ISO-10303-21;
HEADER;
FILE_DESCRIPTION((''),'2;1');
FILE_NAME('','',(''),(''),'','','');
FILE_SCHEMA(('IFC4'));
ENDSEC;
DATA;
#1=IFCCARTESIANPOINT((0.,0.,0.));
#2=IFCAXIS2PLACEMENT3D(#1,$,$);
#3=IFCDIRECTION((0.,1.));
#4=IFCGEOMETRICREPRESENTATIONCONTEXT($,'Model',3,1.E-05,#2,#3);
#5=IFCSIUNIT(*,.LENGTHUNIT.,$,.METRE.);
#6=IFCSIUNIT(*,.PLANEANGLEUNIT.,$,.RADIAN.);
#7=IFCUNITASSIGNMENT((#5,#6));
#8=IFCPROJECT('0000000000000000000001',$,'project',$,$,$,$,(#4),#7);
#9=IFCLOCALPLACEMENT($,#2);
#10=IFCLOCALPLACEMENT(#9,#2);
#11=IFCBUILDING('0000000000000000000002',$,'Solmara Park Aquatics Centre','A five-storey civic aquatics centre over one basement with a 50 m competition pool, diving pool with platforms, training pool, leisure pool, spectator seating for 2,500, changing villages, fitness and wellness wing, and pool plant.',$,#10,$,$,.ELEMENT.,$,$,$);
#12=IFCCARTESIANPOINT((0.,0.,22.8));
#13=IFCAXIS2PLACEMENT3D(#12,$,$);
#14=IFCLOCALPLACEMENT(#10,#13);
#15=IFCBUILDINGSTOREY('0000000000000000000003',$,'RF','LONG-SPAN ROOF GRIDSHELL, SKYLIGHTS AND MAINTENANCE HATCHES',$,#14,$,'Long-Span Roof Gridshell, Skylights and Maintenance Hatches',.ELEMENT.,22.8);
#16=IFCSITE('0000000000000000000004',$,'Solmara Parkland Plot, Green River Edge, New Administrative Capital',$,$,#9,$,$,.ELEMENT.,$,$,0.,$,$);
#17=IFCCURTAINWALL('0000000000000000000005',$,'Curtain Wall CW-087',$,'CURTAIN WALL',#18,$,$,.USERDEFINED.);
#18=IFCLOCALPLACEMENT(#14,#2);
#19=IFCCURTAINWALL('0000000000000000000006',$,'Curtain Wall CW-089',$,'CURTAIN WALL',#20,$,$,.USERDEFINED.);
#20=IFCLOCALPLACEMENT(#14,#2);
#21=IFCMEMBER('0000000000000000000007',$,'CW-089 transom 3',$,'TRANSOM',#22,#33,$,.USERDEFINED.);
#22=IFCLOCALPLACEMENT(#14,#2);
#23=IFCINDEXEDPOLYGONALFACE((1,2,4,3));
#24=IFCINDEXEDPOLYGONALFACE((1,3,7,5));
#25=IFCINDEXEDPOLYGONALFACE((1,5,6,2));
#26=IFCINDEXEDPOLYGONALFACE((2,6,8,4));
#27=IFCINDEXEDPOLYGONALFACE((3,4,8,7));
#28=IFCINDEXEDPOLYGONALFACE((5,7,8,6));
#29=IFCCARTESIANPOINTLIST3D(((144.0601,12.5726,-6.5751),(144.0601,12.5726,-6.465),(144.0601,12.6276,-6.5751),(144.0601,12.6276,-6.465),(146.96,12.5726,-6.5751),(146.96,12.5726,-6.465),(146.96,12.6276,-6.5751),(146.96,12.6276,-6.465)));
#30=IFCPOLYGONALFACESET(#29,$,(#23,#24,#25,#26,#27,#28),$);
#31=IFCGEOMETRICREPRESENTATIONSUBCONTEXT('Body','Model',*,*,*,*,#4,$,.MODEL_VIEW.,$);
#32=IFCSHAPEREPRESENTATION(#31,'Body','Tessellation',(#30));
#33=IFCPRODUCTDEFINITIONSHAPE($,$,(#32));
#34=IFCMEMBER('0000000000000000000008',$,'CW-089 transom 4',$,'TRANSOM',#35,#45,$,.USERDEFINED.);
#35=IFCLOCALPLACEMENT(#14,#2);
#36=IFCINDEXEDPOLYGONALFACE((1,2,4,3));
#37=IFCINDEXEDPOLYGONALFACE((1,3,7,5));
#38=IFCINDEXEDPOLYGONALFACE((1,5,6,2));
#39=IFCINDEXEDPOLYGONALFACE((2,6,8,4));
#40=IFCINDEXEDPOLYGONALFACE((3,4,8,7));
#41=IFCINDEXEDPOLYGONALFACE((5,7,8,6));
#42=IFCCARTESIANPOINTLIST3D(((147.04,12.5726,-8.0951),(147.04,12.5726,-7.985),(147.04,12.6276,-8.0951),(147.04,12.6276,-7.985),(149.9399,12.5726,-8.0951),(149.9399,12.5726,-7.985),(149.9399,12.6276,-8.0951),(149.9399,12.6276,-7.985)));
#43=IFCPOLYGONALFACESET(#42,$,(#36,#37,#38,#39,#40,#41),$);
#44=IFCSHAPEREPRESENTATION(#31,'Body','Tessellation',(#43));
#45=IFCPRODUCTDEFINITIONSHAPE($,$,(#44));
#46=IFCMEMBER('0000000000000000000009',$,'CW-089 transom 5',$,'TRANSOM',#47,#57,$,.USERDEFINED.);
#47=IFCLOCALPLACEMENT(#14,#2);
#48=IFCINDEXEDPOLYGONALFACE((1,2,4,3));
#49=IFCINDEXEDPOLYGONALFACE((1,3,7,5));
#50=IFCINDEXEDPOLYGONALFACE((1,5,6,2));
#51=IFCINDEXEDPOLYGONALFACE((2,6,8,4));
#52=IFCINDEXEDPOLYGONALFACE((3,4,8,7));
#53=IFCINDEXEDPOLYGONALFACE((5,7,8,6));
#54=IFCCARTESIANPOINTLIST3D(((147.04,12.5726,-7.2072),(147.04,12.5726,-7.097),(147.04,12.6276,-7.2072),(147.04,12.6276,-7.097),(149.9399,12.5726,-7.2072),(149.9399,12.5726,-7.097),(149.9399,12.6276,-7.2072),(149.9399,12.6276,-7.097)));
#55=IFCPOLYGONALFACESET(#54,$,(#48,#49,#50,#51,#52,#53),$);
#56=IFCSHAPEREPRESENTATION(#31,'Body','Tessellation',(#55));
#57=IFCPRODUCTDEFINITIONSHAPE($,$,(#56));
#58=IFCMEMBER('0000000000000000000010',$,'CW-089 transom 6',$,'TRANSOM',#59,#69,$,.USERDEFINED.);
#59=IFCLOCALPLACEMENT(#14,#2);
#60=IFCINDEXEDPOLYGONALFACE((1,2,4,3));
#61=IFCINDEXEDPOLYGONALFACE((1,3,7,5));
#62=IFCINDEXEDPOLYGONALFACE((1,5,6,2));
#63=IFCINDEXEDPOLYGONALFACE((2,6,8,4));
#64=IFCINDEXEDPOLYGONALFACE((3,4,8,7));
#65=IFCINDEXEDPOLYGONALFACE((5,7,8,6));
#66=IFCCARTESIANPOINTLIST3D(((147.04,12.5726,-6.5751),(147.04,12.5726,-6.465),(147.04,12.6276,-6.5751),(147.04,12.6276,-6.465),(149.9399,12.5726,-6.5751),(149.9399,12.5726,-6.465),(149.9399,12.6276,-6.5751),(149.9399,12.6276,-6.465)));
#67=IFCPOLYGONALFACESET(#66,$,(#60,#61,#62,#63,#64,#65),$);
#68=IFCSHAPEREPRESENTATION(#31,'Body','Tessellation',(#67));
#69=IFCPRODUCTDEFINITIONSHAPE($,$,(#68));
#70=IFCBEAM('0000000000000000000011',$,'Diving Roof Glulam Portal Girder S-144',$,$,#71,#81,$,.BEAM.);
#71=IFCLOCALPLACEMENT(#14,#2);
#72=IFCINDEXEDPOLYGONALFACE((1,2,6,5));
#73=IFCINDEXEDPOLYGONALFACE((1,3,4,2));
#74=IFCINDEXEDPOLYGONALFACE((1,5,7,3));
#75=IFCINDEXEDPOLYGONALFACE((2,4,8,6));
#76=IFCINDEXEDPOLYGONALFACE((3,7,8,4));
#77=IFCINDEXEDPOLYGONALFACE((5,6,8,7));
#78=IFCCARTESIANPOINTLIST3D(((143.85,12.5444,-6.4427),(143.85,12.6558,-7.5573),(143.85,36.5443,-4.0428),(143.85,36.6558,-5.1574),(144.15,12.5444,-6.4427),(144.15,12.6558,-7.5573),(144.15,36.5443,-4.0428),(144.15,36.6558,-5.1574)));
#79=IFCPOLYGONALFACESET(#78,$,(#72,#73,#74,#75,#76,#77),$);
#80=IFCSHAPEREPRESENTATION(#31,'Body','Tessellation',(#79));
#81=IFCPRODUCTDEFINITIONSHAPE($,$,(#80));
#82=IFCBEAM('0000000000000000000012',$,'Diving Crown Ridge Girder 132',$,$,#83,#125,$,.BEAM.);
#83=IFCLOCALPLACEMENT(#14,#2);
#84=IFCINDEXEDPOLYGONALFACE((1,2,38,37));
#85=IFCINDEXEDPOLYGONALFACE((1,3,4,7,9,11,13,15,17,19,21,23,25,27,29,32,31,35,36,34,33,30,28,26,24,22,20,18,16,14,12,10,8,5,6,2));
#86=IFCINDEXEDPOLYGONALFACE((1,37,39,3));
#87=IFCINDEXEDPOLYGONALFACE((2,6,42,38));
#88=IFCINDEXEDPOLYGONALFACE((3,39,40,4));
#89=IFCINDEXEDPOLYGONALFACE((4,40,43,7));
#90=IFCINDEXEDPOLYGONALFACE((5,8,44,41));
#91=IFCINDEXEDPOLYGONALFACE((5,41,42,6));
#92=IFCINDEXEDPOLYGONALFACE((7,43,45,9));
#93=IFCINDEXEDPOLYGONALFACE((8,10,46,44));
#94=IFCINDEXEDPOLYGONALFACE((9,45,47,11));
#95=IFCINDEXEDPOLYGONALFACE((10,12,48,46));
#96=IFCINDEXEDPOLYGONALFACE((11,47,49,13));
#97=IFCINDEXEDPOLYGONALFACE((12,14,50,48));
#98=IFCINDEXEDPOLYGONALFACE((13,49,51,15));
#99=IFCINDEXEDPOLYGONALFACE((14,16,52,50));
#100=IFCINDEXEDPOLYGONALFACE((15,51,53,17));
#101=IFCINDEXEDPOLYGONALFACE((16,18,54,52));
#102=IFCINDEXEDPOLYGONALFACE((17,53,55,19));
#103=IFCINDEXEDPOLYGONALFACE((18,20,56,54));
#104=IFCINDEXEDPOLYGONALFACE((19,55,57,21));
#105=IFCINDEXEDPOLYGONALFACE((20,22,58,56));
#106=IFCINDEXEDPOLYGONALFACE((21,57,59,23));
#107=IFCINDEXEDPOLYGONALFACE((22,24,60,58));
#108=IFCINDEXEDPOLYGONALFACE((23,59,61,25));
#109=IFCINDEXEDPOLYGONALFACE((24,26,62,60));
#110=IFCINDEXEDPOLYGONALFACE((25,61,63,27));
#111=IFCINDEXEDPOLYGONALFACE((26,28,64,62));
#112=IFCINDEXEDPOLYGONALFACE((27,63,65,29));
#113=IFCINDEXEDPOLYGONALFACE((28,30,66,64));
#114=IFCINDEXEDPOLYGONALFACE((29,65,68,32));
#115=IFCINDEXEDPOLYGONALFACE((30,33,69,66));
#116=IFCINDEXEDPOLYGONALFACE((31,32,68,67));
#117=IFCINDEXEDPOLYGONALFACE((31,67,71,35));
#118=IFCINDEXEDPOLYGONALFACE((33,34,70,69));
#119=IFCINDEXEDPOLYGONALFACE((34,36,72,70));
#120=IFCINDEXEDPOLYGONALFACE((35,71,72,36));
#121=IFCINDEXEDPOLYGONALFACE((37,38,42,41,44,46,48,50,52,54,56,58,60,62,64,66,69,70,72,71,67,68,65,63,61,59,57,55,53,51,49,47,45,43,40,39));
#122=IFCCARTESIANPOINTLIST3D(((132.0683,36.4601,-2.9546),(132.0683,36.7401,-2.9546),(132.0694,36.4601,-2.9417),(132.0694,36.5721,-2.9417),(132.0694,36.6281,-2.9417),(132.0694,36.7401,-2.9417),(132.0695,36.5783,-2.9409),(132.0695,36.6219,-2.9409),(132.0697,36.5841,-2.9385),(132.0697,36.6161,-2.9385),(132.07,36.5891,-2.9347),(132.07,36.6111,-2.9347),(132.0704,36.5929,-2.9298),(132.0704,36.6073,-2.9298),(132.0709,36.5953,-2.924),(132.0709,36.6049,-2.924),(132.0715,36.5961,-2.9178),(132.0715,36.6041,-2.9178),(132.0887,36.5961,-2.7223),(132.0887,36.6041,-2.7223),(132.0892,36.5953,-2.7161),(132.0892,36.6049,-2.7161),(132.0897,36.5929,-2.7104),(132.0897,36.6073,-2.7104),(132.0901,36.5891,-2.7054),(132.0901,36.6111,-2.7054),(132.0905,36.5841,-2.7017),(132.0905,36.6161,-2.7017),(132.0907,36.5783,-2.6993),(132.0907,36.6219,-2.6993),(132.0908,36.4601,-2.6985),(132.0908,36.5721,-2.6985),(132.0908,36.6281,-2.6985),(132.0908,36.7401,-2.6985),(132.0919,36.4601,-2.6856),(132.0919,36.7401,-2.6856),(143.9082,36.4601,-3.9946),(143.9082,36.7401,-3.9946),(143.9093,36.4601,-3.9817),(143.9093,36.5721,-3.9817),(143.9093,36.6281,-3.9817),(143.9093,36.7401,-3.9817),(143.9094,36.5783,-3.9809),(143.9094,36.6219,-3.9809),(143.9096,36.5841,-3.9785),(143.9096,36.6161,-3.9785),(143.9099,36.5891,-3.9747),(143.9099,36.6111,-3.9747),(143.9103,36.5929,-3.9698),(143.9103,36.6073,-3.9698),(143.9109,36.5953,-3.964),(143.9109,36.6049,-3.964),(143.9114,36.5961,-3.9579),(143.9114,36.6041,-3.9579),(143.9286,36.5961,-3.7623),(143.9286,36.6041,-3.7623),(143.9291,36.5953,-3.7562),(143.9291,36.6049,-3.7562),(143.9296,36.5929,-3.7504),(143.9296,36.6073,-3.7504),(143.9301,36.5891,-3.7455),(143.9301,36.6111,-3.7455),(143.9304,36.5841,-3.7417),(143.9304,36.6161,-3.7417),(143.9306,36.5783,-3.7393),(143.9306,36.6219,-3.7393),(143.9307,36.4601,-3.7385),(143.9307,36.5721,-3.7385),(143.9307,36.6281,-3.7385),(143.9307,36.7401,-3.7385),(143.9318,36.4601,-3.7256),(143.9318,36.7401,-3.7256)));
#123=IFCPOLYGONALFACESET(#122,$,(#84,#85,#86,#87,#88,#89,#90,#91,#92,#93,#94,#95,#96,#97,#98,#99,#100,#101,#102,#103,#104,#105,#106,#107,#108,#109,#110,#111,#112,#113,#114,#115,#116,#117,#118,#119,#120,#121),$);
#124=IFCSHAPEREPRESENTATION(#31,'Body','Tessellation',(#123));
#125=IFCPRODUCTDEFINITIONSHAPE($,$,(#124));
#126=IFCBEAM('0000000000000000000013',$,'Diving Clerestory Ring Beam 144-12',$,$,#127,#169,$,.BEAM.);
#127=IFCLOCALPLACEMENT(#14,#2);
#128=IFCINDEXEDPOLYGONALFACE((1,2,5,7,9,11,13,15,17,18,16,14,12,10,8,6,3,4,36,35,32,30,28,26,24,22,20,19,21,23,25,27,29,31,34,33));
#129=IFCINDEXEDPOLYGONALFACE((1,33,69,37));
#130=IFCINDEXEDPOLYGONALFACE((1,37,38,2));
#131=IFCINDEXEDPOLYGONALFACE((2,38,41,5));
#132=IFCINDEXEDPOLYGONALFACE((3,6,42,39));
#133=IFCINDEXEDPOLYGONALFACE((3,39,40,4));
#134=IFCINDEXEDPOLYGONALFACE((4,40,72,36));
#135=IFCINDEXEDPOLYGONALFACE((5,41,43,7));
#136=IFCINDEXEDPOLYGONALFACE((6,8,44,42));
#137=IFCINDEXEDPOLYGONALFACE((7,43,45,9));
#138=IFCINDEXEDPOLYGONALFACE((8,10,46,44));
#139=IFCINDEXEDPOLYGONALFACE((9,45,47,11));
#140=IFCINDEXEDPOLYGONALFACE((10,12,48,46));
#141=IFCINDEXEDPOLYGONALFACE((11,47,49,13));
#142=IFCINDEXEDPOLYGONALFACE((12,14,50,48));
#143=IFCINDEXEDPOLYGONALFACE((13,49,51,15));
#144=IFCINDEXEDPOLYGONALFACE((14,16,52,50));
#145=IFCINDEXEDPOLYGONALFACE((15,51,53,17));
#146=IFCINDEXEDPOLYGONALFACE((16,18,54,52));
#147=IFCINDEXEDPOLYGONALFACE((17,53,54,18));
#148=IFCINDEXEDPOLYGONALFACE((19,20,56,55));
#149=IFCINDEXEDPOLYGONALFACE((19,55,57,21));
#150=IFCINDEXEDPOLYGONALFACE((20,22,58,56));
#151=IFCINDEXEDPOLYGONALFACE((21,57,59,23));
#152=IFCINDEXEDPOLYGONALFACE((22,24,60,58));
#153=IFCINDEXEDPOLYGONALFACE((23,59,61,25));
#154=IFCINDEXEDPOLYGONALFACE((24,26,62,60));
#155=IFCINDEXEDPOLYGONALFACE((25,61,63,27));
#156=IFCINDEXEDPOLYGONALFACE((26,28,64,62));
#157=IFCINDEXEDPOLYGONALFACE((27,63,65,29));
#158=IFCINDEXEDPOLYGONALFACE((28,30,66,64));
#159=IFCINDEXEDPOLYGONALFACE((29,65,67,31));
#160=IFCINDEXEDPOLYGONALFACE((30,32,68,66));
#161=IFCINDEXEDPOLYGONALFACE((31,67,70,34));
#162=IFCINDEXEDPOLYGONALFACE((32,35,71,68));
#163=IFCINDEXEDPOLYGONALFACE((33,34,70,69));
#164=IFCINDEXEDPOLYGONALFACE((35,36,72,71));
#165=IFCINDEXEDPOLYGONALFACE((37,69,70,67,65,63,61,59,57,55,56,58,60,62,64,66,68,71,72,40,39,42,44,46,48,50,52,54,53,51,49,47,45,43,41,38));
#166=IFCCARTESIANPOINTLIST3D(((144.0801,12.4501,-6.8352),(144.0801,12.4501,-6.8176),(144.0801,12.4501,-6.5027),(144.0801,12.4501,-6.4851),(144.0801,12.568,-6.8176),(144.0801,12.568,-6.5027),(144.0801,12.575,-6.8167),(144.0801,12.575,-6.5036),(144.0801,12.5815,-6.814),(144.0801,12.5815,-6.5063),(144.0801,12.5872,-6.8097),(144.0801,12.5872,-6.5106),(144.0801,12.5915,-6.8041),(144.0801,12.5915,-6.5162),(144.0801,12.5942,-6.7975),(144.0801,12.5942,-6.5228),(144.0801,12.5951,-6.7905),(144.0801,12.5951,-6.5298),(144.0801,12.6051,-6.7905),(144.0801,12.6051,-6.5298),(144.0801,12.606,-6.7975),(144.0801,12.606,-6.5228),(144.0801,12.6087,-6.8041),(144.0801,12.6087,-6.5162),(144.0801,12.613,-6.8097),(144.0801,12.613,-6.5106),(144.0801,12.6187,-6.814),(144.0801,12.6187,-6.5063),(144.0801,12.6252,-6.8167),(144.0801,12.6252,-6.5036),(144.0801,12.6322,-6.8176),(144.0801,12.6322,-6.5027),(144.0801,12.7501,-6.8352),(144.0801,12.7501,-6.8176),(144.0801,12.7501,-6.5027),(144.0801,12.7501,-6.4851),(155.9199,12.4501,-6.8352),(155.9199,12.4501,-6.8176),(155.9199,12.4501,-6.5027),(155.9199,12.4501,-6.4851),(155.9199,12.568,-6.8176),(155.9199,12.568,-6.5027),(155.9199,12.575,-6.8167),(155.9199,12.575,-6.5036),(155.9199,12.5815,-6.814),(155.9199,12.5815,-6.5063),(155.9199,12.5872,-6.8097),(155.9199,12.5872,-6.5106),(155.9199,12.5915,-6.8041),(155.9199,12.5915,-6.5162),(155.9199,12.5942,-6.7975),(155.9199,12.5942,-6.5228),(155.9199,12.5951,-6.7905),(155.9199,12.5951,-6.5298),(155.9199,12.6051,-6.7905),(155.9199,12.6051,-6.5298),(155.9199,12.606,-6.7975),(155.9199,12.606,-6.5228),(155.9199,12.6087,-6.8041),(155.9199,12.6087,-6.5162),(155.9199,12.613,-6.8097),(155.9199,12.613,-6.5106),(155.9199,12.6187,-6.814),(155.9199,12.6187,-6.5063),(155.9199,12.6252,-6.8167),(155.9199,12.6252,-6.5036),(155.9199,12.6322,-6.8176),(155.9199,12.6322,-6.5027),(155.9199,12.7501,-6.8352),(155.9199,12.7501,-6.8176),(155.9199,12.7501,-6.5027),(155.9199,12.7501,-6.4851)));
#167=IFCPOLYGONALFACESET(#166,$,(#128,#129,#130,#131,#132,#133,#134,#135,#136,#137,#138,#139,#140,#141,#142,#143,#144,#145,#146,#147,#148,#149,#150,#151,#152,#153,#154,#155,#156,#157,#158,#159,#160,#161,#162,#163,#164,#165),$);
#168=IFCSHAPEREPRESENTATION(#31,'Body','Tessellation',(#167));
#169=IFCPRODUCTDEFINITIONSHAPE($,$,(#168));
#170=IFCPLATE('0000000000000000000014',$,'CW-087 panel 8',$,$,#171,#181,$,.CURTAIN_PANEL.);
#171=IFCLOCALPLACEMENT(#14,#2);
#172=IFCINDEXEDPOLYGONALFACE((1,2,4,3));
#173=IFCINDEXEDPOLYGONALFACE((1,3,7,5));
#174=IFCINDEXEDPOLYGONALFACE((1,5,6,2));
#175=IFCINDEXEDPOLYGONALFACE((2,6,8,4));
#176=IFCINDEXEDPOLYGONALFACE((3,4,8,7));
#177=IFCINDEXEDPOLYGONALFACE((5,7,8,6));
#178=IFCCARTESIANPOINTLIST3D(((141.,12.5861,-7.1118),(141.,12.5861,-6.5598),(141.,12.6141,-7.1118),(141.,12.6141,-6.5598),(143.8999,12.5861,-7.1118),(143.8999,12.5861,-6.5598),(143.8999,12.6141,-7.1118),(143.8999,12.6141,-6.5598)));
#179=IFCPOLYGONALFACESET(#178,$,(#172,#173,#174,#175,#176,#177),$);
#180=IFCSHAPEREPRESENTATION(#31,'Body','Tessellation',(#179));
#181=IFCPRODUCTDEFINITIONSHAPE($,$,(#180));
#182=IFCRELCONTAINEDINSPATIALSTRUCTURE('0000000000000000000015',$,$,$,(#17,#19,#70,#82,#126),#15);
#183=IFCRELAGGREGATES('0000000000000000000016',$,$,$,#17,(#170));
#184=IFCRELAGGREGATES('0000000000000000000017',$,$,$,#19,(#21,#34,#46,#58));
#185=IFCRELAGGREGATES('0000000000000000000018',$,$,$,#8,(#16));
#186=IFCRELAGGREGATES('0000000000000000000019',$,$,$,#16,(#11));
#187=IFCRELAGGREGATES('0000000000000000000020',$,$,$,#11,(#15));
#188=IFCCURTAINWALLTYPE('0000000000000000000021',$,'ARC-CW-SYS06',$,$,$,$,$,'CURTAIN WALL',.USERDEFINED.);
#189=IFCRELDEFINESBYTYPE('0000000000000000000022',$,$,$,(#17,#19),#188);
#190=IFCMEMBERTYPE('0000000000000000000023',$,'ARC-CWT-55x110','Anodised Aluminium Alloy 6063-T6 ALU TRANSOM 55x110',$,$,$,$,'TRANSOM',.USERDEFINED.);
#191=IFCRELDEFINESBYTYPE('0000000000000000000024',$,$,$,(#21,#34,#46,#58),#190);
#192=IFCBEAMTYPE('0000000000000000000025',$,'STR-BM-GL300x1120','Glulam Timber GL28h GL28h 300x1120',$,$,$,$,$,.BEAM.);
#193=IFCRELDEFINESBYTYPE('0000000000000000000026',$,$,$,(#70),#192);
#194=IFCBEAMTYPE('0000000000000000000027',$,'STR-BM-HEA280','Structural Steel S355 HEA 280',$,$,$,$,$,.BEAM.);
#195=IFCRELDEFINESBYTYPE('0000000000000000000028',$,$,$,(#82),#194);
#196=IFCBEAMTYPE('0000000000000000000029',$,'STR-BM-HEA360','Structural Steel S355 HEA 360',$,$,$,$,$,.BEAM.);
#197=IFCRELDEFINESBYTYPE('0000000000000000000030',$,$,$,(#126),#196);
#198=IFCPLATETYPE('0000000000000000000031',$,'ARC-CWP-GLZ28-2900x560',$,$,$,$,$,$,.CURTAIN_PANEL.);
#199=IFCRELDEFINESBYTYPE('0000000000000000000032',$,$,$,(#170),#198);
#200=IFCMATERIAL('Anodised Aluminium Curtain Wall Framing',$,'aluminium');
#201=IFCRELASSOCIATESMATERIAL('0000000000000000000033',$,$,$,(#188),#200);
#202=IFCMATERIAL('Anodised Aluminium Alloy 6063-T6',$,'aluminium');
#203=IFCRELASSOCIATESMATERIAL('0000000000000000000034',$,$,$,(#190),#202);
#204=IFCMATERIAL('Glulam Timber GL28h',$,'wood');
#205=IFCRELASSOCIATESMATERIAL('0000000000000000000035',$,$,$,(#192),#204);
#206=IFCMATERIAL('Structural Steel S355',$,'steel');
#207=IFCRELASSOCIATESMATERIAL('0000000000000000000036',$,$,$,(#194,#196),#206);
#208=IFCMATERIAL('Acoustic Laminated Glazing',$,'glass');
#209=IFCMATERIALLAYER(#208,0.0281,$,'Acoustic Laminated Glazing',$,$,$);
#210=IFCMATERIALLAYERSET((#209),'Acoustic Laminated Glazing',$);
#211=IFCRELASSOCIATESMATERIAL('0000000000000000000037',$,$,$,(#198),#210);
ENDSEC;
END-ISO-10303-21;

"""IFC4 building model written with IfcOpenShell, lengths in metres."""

from ifc_helpers import new_model, si_unit, direction, frame, origin, origin_2d, place, context, subcontext, project, spatial, rectangle, i_section, extrude, material, layer, layer_set, material_profile, profile_set, type_object, element, aggregate, save


model = new_model("IFC4")

# Units and contexts
model_context = context("Model", 3, precision=1e-05, world=origin(), true_north=direction((0.0, 1.0)))
body_context = subcontext(model_context, "Body", "Model", "MODEL_VIEW")
ifc_project = project(units=[si_unit("LENGTHUNIT", "METRE"), si_unit("PLANEANGLEUNIT", "RADIAN")], contexts=[model_context])

# Site, building, storey
site_placement = place(None, origin())
site = spatial("IfcSite", under=ifc_project, at=site_placement, Name="Solmara Parkland Plot, Green River Edge, New Administrative Capital", CompositionType="ELEMENT", RefElevation=0.0)
building_placement = place(site_placement, origin())
building = spatial("IfcBuilding", under=site, at=building_placement, Name="Solmara Park Aquatics Centre", Description="A five-storey civic aquatics centre over one basement with a 50 m competition pool, diving pool with platforms, training pool, leisure pool, spectator seating for 2,500, changing villages, fitness and wellness wing, and pool plant.", CompositionType="ELEMENT")
storey_placement = place(building_placement, frame((0.0, 0.0, 22.8)))
storey = spatial("IfcBuildingStorey", under=building, at=storey_placement, Name="RF", Description="LONG-SPAN ROOF GRIDSHELL, SKYLIGHTS AND MAINTENANCE HATCHES", LongName="Long-Span Roof Gridshell, Skylights and Maintenance Hatches", CompositionType="ELEMENT", Elevation=22.8)

# Shared definitions
ifc_material_1 = material(Name="Structural Steel S355", Category="steel")

# Curtain wall
ifc_material_2 = material(Name="Anodised Aluminium Curtain Wall Framing", Category="aluminium")
curtain_wall_type = type_object("IfcCurtainWallType", Name="ARC-CW-SYS06", ElementType="CURTAIN WALL", PredefinedType="USERDEFINED", material=ifc_material_2)
curtain_wall_1_placement = place(storey_placement, origin())
curtain_wall_1 = element("IfcCurtainWall", 1, at=curtain_wall_1_placement, inside=storey, type_object=curtain_wall_type, Name="Curtain Wall CW-087", ObjectType="CURTAIN WALL", PredefinedType="USERDEFINED")
ifc_material_3 = material(Name="Anodised Aluminium Alloy 6063-T6", Category="aluminium")

# Curtain wall
curtain_wall_2_placement = place(storey_placement, origin())
curtain_wall_2 = element("IfcCurtainWall", 2, at=curtain_wall_2_placement, inside=storey, type_object=curtain_wall_type, Name="Curtain Wall CW-089", ObjectType="CURTAIN WALL", PredefinedType="USERDEFINED")

# Members
ifc_material_profile_1 = material_profile(ifc_material_3, rectangle(XDim=0.0549, YDim=0.1101, at=origin_2d()), Name="ALU TRANSOM 55x110")
ifc_profile_set_1 = profile_set([ifc_material_profile_1], Name="Anodised Aluminium Alloy 6063-T6")
member_type_1 = type_object("IfcMemberType", Name="ARC-CWT-55x110", Description="Anodised Aluminium Alloy 6063-T6 ALU TRANSOM 55x110", ElementType="TRANSOM", PredefinedType="USERDEFINED", material=ifc_profile_set_1)
member_1_placement = place(storey_placement, frame((144.0601, 12.6001, -6.52), z_axis=(1.0, 0.0, 0.0), x_axis=(0.0, 1.0, 0.0)))
member_1 = element("IfcMember", 3, at=member_1_placement, type_object=member_type_1, Name="CW-089 transom 3", ObjectType="TRANSOM", PredefinedType="USERDEFINED", context=body_context, shape_type="SweptSolid", body=[
    extrude(rectangle(XDim=0.0549, YDim=0.1101, at=origin_2d()), origin(), (0.0, 0.0, 1.0), 2.8999),
])
member_2_placement = place(storey_placement, frame((147.04, 12.6001, -8.04), z_axis=(1.0, 0.0, 0.0), x_axis=(0.0, 1.0, 0.0)))
member_2 = element("IfcMember", 4, at=member_2_placement, type_object=member_type_1, Name="CW-089 transom 4", ObjectType="TRANSOM", PredefinedType="USERDEFINED", context=body_context, shape_type="SweptSolid", body=[
    extrude(rectangle(XDim=0.0549, YDim=0.1101, at=origin_2d()), origin(), (0.0, 0.0, 1.0), 2.8999),
])
member_3_placement = place(storey_placement, frame((147.04, 12.6001, -7.1521), z_axis=(1.0, 0.0, 0.0), x_axis=(0.0, 1.0, 0.0)))
member_3 = element("IfcMember", 5, at=member_3_placement, type_object=member_type_1, Name="CW-089 transom 5", ObjectType="TRANSOM", PredefinedType="USERDEFINED", context=body_context, shape_type="SweptSolid", body=[
    extrude(rectangle(XDim=0.0549, YDim=0.1101, at=origin_2d()), origin(), (0.0, 0.0, 1.0), 2.8999),
])
member_4_placement = place(storey_placement, frame((147.04, 12.6001, -6.52), z_axis=(1.0, 0.0, 0.0), x_axis=(0.0, 1.0, 0.0)))
member_4 = element("IfcMember", 6, at=member_4_placement, type_object=member_type_1, Name="CW-089 transom 6", ObjectType="TRANSOM", PredefinedType="USERDEFINED", context=body_context, shape_type="SweptSolid", body=[
    extrude(rectangle(XDim=0.0549, YDim=0.1101, at=origin_2d()), origin(), (0.0, 0.0, 1.0), 2.8999),
])

# Beams
ifc_material_4 = material(Name="Glulam Timber GL28h", Category="wood")
ifc_material_profile_2 = material_profile(ifc_material_4, rectangle(XDim=0.3, YDim=1.1201, at=origin_2d()), Name="GL28h 300x1120")
ifc_profile_set_2 = profile_set([ifc_material_profile_2], Name="Glulam Timber GL28h")
beam_type_1 = type_object("IfcBeamType", Name="STR-BM-GL300x1120", Description="Glulam Timber GL28h GL28h 300x1120", PredefinedType="BEAM", material=ifc_profile_set_2)
beam_1_placement = place(storey_placement, frame((144.0, 12.6001, -7.0), z_axis=(0.0, 0.995038, 0.0995), x_axis=(-1.0, 0.0, 0.0)))
element("IfcBeam", 7, at=beam_1_placement, inside=storey, type_object=beam_type_1, Name="Diving Roof Glulam Portal Girder S-144", PredefinedType="BEAM", context=body_context, shape_type="SweptSolid", body=[
    extrude(rectangle(XDim=0.3, YDim=1.1201, at=origin_2d()), origin(), (0.0, 0.0, 1.0), 24.1196),
])
ifc_material_profile_3 = material_profile(ifc_material_1, i_section(OverallWidth=0.28, OverallDepth=0.27, WebThickness=0.0081, FlangeThickness=0.0129, FilletRadius=0.0239, at=origin_2d()), Name="HEA 280")
ifc_profile_set_3 = profile_set([ifc_material_profile_3], Name="Structural Steel S355")
beam_type_2 = type_object("IfcBeamType", Name="STR-BM-HEA280", Description="Structural Steel S355 HEA 280", PredefinedType="BEAM", material=ifc_profile_set_3)
beam_2_placement = place(storey_placement, frame((132.0801, 36.6001, -2.8201), z_axis=(0.996164, 0.0, -0.087505), x_axis=(0.0, 1.0, 0.0)))
element("IfcBeam", 8, at=beam_2_placement, inside=storey, type_object=beam_type_2, Name="Diving Crown Ridge Girder 132", PredefinedType="BEAM", context=body_context, shape_type="SweptSolid", body=[
    extrude(i_section(OverallWidth=0.28, OverallDepth=0.27, WebThickness=0.0081, FlangeThickness=0.0129, FilletRadius=0.0239, at=origin_2d()), origin(), (0.0, 0.0, 1.0), 11.8855),
])
ifc_material_profile_4 = material_profile(ifc_material_1, i_section(OverallWidth=0.3, OverallDepth=0.3501, WebThickness=0.01, FlangeThickness=0.0176, FilletRadius=0.0271, at=origin_2d()), Name="HEA 360")
ifc_profile_set_4 = profile_set([ifc_material_profile_4], Name="Structural Steel S355")
beam_type_3 = type_object("IfcBeamType", Name="STR-BM-HEA360", Description="Structural Steel S355 HEA 360", PredefinedType="BEAM", material=ifc_profile_set_4)
beam_3_placement = place(storey_placement, frame((144.0801, 12.6001, -6.6602), z_axis=(1.0, 0.0, 0.0), x_axis=(0.0, 1.0, 0.0)))
element("IfcBeam", 9, at=beam_3_placement, inside=storey, type_object=beam_type_3, Name="Diving Clerestory Ring Beam 144-12", PredefinedType="BEAM", context=body_context, shape_type="SweptSolid", body=[
    extrude(i_section(OverallWidth=0.3, OverallDepth=0.3501, WebThickness=0.01, FlangeThickness=0.0176, FilletRadius=0.0271, at=origin_2d()), origin(), (0.0, 0.0, 1.0), 11.8398),
])

# Plate
ifc_material_5 = material(Name="Acoustic Laminated Glazing", Category="glass")
ifc_layer_1 = layer(ifc_material_5, 0.0281, Name="Acoustic Laminated Glazing")
ifc_layer_set_1 = layer_set([ifc_layer_1], Name="Acoustic Laminated Glazing")
plate_type_1 = type_object("IfcPlateType", Name="ARC-CWP-GLZ28-2900x560", PredefinedType="CURTAIN_PANEL", material=ifc_layer_set_1)
plate_1_placement = place(storey_placement, frame((142.45, 12.6001, -7.1118), z_axis=(0.0, 0.0, 1.0), x_axis=(1.0, 0.0, 0.0)))
plate_1 = element("IfcPlate", 10, at=plate_1_placement, type_object=plate_type_1, Name="CW-087 panel 8", PredefinedType="CURTAIN_PANEL", context=body_context, shape_type="SweptSolid", body=[
    extrude(rectangle(XDim=2.8999, YDim=0.0281, at=origin_2d()), origin(), (0.0, 0.0, 1.0), 0.552),
])
aggregate(curtain_wall_1, [plate_1])
aggregate(curtain_wall_2, [member_1, member_2, member_3, member_4])

save(model, "model.ifc")
